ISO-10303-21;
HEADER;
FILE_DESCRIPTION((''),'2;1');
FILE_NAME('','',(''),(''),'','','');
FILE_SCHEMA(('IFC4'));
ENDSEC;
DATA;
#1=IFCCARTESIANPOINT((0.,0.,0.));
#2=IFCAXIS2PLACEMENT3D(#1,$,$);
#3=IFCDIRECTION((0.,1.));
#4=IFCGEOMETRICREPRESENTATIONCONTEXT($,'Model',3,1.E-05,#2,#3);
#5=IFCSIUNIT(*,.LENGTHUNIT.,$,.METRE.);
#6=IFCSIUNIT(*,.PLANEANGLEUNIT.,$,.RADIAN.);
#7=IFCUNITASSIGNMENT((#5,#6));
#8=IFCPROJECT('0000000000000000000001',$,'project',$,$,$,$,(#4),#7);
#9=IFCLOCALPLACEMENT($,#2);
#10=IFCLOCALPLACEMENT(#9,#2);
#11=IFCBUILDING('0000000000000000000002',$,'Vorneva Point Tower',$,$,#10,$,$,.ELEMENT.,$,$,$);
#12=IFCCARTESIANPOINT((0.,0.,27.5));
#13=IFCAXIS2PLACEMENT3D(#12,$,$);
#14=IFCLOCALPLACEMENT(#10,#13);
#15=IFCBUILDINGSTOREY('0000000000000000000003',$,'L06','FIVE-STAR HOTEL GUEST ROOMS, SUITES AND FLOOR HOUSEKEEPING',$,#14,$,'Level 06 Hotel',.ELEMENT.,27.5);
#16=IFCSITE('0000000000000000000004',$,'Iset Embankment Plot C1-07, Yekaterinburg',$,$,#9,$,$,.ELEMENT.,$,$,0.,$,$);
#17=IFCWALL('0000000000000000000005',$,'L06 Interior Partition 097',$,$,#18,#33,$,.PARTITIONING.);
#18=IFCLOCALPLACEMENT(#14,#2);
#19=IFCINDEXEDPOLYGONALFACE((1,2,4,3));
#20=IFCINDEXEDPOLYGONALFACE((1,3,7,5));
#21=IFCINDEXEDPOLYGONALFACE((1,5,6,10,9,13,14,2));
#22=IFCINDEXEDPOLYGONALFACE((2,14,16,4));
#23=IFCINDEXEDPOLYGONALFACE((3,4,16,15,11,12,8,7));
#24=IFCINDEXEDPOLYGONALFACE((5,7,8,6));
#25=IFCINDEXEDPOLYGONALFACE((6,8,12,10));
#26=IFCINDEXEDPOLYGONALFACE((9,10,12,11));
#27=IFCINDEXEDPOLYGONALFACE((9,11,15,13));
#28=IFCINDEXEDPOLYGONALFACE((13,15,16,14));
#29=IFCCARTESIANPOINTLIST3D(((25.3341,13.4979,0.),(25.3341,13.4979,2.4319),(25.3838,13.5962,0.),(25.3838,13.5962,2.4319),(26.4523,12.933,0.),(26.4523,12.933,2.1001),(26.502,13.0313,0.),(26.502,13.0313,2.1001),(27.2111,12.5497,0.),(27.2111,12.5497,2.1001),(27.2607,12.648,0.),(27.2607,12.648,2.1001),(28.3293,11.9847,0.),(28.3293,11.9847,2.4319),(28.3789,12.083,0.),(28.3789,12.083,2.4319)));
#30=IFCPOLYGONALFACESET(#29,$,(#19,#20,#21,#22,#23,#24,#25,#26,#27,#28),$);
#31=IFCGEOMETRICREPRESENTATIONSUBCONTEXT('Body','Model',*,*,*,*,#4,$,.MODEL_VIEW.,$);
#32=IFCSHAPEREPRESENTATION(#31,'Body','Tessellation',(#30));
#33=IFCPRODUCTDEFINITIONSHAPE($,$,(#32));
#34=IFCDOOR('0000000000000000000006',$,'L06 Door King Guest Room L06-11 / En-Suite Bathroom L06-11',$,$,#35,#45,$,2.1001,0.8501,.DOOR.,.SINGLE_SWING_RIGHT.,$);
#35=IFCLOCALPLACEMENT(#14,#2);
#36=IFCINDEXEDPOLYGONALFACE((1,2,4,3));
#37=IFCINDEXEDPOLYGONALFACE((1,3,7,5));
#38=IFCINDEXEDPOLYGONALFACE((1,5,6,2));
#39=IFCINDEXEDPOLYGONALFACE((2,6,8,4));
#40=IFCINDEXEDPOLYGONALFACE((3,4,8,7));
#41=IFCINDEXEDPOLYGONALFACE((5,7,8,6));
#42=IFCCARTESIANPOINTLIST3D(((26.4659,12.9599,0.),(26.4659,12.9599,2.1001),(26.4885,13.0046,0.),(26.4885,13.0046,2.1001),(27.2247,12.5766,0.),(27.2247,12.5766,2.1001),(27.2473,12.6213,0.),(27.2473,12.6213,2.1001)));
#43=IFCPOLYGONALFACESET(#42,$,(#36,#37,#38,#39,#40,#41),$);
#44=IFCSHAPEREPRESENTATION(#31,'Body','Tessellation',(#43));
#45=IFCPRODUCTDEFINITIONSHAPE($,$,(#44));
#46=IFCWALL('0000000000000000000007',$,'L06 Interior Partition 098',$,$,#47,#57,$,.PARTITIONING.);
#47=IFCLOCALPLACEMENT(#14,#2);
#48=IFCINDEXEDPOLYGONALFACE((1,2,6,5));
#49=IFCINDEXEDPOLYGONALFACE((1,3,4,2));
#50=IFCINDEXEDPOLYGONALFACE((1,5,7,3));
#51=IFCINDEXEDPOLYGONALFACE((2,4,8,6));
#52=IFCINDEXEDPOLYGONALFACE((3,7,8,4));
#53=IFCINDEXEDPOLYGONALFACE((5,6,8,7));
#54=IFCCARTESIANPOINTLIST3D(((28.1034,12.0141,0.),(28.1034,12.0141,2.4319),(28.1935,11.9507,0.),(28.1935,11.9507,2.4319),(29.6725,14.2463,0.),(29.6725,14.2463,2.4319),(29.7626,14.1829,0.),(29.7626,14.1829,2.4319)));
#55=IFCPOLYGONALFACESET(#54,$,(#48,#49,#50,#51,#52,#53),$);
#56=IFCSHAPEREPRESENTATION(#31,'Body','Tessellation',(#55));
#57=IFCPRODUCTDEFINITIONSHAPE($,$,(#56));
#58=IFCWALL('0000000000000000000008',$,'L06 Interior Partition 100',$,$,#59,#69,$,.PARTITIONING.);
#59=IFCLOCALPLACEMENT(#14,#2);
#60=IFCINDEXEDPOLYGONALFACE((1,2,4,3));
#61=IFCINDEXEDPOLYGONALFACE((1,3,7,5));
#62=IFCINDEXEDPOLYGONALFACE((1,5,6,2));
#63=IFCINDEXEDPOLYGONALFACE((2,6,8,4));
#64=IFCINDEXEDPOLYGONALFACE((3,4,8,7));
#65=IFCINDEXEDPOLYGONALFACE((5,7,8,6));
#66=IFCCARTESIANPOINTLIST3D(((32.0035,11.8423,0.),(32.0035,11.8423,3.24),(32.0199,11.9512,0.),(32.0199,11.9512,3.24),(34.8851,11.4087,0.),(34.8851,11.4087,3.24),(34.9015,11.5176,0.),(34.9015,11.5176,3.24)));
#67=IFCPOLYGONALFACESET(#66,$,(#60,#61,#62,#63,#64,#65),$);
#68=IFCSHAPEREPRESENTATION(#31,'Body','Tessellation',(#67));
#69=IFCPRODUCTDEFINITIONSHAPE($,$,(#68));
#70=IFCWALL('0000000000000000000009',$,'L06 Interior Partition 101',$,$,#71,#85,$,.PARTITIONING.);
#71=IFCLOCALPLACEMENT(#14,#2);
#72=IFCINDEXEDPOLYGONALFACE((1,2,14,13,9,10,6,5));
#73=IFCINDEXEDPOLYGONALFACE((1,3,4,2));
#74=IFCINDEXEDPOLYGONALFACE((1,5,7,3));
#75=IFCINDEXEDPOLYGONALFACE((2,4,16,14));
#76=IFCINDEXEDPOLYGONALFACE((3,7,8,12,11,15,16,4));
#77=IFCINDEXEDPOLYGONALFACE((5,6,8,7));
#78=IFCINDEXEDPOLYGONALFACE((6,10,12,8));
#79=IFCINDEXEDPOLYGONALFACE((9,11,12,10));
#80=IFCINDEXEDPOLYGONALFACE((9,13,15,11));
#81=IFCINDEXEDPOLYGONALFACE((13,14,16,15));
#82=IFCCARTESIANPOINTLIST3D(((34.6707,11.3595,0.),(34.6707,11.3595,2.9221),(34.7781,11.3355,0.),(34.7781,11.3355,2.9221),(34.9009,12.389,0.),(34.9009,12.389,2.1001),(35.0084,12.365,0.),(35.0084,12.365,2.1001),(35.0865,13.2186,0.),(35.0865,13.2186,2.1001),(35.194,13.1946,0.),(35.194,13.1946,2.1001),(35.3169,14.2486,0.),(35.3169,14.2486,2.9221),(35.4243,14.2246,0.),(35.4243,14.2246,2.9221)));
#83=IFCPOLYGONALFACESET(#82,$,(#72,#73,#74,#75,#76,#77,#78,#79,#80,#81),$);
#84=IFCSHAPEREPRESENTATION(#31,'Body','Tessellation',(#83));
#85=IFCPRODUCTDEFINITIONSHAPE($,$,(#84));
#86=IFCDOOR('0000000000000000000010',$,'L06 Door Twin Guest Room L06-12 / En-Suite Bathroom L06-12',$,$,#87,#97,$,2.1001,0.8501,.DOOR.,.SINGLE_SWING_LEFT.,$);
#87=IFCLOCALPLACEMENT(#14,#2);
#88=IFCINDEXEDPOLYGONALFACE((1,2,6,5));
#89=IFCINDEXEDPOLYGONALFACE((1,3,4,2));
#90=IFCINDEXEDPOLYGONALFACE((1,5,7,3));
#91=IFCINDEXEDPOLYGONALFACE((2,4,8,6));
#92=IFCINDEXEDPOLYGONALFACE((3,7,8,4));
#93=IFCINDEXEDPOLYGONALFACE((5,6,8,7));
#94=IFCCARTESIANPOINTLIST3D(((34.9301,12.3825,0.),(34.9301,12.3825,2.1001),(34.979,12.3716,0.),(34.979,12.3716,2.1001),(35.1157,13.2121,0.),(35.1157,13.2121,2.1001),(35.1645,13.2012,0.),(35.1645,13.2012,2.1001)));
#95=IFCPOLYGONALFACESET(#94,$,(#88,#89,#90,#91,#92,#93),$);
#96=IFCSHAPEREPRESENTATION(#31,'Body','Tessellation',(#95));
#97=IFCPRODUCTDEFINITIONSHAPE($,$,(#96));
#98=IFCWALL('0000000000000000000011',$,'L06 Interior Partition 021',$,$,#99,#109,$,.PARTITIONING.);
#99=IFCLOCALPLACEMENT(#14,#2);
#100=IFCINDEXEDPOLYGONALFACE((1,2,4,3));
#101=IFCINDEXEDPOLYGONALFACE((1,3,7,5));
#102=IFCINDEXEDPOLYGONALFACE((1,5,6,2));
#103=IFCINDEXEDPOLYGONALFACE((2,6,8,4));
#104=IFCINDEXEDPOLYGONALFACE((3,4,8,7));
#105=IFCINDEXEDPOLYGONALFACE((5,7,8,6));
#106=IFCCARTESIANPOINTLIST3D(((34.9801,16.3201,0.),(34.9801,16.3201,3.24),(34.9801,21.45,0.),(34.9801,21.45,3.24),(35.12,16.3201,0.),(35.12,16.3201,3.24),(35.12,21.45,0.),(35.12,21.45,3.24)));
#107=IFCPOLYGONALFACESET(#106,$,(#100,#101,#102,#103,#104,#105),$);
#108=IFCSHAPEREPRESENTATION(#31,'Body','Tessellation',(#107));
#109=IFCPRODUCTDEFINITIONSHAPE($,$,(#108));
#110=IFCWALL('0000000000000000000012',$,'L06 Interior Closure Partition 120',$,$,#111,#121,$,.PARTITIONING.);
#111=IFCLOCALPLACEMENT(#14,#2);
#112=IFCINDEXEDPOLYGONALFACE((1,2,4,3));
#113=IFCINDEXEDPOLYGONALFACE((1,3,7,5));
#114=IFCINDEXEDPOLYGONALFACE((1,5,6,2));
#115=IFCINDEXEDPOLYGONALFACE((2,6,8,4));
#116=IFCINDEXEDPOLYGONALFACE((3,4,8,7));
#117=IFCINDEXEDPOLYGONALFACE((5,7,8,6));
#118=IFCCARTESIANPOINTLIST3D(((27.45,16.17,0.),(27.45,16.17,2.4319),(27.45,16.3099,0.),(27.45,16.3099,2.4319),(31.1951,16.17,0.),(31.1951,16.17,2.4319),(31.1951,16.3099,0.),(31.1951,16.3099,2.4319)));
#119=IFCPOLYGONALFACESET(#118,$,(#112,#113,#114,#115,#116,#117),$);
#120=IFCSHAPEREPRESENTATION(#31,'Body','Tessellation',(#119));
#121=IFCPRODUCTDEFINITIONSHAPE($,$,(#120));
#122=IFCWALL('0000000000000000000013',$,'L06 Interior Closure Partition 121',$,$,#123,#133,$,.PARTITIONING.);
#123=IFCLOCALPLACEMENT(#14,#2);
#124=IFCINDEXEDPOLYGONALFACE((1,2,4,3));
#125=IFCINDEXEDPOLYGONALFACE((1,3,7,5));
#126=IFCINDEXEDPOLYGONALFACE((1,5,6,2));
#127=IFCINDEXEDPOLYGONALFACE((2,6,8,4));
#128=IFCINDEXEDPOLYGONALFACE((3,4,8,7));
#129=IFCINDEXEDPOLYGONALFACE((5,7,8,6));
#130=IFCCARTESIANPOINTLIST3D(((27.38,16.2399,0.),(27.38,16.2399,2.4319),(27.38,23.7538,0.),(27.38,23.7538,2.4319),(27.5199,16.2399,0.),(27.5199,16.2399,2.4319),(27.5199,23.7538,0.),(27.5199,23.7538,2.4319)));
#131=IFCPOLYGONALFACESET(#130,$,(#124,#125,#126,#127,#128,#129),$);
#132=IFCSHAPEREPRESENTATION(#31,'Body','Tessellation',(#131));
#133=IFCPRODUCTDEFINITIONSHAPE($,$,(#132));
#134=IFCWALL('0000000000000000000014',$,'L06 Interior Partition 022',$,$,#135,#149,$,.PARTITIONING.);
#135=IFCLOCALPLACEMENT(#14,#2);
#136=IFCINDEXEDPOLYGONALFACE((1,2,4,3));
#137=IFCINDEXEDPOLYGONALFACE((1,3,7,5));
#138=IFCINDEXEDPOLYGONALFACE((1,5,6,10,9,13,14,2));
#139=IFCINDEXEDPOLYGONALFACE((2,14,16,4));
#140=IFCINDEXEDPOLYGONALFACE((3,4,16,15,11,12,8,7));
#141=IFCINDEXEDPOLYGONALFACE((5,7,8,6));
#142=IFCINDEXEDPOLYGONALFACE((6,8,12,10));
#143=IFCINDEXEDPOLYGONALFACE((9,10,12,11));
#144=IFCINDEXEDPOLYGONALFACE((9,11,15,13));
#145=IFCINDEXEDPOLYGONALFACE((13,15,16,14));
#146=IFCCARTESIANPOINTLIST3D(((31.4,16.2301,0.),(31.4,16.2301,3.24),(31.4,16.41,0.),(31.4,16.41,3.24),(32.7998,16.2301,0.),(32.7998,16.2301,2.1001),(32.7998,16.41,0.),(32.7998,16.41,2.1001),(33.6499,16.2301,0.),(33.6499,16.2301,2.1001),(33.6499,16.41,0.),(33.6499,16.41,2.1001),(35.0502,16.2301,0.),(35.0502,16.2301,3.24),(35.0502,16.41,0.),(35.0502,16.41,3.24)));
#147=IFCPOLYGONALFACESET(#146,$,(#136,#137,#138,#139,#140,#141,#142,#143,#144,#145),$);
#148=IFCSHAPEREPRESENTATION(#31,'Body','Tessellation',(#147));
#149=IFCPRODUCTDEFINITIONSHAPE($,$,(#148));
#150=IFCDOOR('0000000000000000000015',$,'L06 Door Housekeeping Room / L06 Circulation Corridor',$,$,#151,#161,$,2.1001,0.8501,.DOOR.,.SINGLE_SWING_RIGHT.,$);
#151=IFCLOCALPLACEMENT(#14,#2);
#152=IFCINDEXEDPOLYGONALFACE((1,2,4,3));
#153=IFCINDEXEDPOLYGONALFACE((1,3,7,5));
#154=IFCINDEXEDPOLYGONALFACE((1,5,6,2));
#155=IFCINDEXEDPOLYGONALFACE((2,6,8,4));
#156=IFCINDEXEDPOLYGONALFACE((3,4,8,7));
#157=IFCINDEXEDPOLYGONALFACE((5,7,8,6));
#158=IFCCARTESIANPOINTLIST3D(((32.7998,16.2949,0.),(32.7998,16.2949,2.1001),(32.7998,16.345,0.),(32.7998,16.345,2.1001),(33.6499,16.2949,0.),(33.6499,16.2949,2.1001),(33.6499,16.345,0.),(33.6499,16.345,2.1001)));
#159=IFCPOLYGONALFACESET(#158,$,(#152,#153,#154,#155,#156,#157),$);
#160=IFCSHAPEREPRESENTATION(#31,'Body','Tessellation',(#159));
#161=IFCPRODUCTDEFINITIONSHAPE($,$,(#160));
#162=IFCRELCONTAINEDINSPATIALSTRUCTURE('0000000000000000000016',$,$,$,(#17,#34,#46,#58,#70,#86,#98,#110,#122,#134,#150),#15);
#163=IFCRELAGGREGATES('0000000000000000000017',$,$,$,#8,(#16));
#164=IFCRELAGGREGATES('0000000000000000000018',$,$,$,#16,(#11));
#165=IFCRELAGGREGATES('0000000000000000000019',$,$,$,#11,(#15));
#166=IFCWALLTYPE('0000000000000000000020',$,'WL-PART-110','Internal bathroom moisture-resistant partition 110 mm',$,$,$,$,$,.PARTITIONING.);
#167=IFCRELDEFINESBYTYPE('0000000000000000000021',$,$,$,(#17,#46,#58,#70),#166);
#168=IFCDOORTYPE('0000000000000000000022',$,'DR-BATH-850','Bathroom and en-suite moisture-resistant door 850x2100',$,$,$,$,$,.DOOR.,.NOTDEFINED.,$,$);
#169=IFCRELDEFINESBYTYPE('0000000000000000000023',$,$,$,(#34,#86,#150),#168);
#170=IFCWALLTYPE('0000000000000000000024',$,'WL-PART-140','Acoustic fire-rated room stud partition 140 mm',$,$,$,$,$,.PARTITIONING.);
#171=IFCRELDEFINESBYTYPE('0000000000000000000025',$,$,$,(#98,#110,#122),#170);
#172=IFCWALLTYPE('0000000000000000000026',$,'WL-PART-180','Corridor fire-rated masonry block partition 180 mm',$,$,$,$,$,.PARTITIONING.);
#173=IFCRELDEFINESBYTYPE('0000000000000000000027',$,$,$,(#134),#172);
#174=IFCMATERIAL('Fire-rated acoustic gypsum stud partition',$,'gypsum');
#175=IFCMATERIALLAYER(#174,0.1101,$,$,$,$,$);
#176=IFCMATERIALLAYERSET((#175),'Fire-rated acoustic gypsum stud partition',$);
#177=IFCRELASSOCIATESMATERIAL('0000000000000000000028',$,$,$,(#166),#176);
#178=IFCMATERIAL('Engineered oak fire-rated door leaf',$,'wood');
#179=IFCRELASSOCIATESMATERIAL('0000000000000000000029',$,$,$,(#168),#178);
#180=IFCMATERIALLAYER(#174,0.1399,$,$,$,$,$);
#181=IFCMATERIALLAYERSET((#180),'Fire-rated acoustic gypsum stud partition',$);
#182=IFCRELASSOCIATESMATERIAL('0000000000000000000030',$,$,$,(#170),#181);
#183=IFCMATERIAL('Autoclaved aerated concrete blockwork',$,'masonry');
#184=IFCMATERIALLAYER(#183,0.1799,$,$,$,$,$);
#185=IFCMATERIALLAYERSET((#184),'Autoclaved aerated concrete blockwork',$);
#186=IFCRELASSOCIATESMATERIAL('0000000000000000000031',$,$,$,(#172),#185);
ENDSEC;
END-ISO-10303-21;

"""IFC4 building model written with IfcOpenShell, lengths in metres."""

from ifc_helpers import new_model, si_unit, direction, frame, frame_2d, origin, place, context, subcontext, project, spatial, rectangle, extrude, material, layer, layer_set, type_object, element, fill, save


model = new_model("IFC4")

# Units and contexts
model_context = context("Model", 3, precision=1e-05, world=origin(), true_north=direction((0.0, 1.0)))
body_context = subcontext(model_context, "Body", "Model", "MODEL_VIEW")
ifc_project = project(units=[si_unit("LENGTHUNIT", "METRE"), si_unit("PLANEANGLEUNIT", "RADIAN")], contexts=[model_context])

# Site, building, storey
site_placement = place(None, origin())
site = spatial("IfcSite", under=ifc_project, at=site_placement, Name="Iset Embankment Plot C1-07, Yekaterinburg", CompositionType="ELEMENT", RefElevation=0.0)
building_placement = place(site_placement, origin())
building = spatial("IfcBuilding", under=site, at=building_placement, Name="Vorneva Point Tower", CompositionType="ELEMENT")
storey_placement = place(building_placement, frame((0.0, 0.0, 27.5)))
storey = spatial("IfcBuildingStorey", under=building, at=storey_placement, Name="L06", Description="FIVE-STAR HOTEL GUEST ROOMS, SUITES AND FLOOR HOUSEKEEPING", LongName="Level 06 Hotel", CompositionType="ELEMENT", Elevation=27.5)

# Wall, opening, door
ifc_material_1 = material(Name="Fire-rated acoustic gypsum stud partition", Category="gypsum")
ifc_layer_1 = layer(ifc_material_1, 0.1101)
ifc_layer_set_1 = layer_set([ifc_layer_1], Name="Fire-rated acoustic gypsum stud partition")
wall_type_1 = type_object("IfcWallType", Name="WL-PART-110", Description="Internal bathroom moisture-resistant partition 110 mm", PredefinedType="PARTITIONING", material=ifc_layer_set_1)
wall_1_placement = place(storey_placement, frame((28.354, 12.0339, 0.0), z_axis=(0.0, 0.0, 1.0), x_axis=(-0.892557, 0.450935, 0.0)))
wall_1 = element("IfcWall", 1, at=wall_1_placement, inside=storey, type_object=wall_type_1, Name="L06 Interior Partition 097", PredefinedType="PARTITIONING", context=body_context, shape_type="SweptSolid", body=[
    extrude(rectangle(XDim=3.3557, YDim=0.1101, at=frame_2d((1.6777, 0.0))), origin(), (0.0, 0.0, 1.0), 2.4319),
])
opening_1_placement = place(wall_1_placement, frame((1.2527, 0.0, 0.0)))
opening_1 = element("IfcOpeningElement", 2, at=opening_1_placement, cuts=wall_1, PredefinedType="OPENING", context=body_context, shape_type="SweptSolid", body=[
    extrude(rectangle(XDim=0.8501, YDim=2.1001, at=frame_2d((0.425, 1.05))), frame((0.0, 0.0698, 0.0), z_axis=(0.0, -1.0, 0.0), x_axis=(1.0, 0.0, 0.0)), (0.0, 0.0, 1.0), 0.1399),
])
ifc_material_2 = material(Name="Engineered oak fire-rated door leaf", Category="wood")
door_type_1 = type_object("IfcDoorType", Name="DR-BATH-850", Description="Bathroom and en-suite moisture-resistant door 850x2100", OperationType="NOTDEFINED", PredefinedType="DOOR", material=ifc_material_2)
door_1_placement = place(opening_1_placement, origin())
door_1 = element("IfcDoor", 3, at=door_1_placement, inside=storey, type_object=door_type_1, Name="L06 Door King Guest Room L06-11 / En-Suite Bathroom L06-11", OperationType="SINGLE_SWING_RIGHT", OverallHeight=2.1001, OverallWidth=0.8501, PredefinedType="DOOR", context=body_context, shape_type="SweptSolid", body=[
    extrude(rectangle(XDim=0.8501, YDim=2.1001, at=frame_2d((0.425, 1.05))), frame((0.0, 0.0249, 0.0), z_axis=(0.0, -1.0, 0.0), x_axis=(1.0, 0.0, 0.0)), (0.0, 0.0, 1.0), 0.05),
])
fill(opening_1, door_1)

# Walls
wall_2_placement = place(storey_placement, frame((29.7175, 14.2146, 0.0), z_axis=(0.0, 0.0, 1.0), x_axis=(-0.575077, -0.8181, 0.0)))
element("IfcWall", 4, at=wall_2_placement, inside=storey, type_object=wall_type_1, Name="L06 Interior Partition 098", PredefinedType="PARTITIONING", context=body_context, shape_type="SweptSolid", body=[
    extrude(rectangle(XDim=2.7285, YDim=0.1101, at=frame_2d((1.3643, 0.0))), origin(), (0.0, 0.0, 1.0), 2.4319),
])
wall_3_placement = place(storey_placement, frame((34.8933, 11.4631, 0.0), z_axis=(0.0, 0.0, 1.0), x_axis=(-0.988868, 0.148795, 0.0)))
element("IfcWall", 5, at=wall_3_placement, inside=storey, type_object=wall_type_1, Name="L06 Interior Partition 100", PredefinedType="PARTITIONING", context=body_context, shape_type="SweptSolid", body=[
    extrude(rectangle(XDim=2.9141, YDim=0.1101, at=frame_2d((1.457, 0.0))), origin(), (0.0, 0.0, 1.0), 3.24),
])

# Wall, opening, door
wall_4_placement = place(storey_placement, frame((35.3706, 14.2366, 0.0), z_axis=(0.0, 0.0, 1.0), x_axis=(-0.218284, -0.975885, 0.0)))
wall_4 = element("IfcWall", 6, at=wall_4_placement, inside=storey, type_object=wall_type_1, Name="L06 Interior Partition 101", PredefinedType="PARTITIONING", context=body_context, shape_type="SweptSolid", body=[
    extrude(rectangle(XDim=2.9604, YDim=0.1101, at=frame_2d((1.4802, 0.0))), origin(), (0.0, 0.0, 1.0), 2.9221),
])
opening_2_placement = place(wall_4_placement, frame((1.0554, 0.0, 0.0)))
opening_2 = element("IfcOpeningElement", 7, at=opening_2_placement, cuts=wall_4, PredefinedType="OPENING", context=body_context, shape_type="SweptSolid", body=[
    extrude(rectangle(XDim=0.8501, YDim=2.1001, at=frame_2d((0.425, 1.05))), frame((0.0, 0.0698, 0.0), z_axis=(0.0, -1.0, 0.0), x_axis=(1.0, 0.0, 0.0)), (0.0, 0.0, 1.0), 0.1399),
])
door_2_placement = place(opening_2_placement, origin())
door_2 = element("IfcDoor", 8, at=door_2_placement, inside=storey, type_object=door_type_1, Name="L06 Door Twin Guest Room L06-12 / En-Suite Bathroom L06-12", OperationType="SINGLE_SWING_LEFT", OverallHeight=2.1001, OverallWidth=0.8501, PredefinedType="DOOR", context=body_context, shape_type="SweptSolid", body=[
    extrude(rectangle(XDim=0.8501, YDim=2.1001, at=frame_2d((0.425, 1.05))), frame((0.0, 0.0249, 0.0), z_axis=(0.0, -1.0, 0.0), x_axis=(1.0, 0.0, 0.0)), (0.0, 0.0, 1.0), 0.05),
])
fill(opening_2, door_2)

# Walls
ifc_layer_2 = layer(ifc_material_1, 0.1399)
ifc_layer_set_2 = layer_set([ifc_layer_2], Name="Fire-rated acoustic gypsum stud partition")
wall_type_2 = type_object("IfcWallType", Name="WL-PART-140", Description="Acoustic fire-rated room stud partition 140 mm", PredefinedType="PARTITIONING", material=ifc_layer_set_2)
wall_5_placement = place(storey_placement, frame((35.05, 16.3201, 0.0), z_axis=(0.0, 0.0, 1.0), x_axis=(0.0, 1.0, 0.0)))
element("IfcWall", 9, at=wall_5_placement, inside=storey, type_object=wall_type_2, Name="L06 Interior Partition 021", PredefinedType="PARTITIONING", context=body_context, shape_type="SweptSolid", body=[
    extrude(rectangle(XDim=5.1299, YDim=0.1399, at=frame_2d((2.5649, 0.0))), origin(), (0.0, 0.0, 1.0), 3.24),
])
wall_6_placement = place(storey_placement, frame((31.1951, 16.24, 0.0), z_axis=(0.0, 0.0, 1.0), x_axis=(-1.0, 0.0, 0.0)))
element("IfcWall", 10, at=wall_6_placement, inside=storey, type_object=wall_type_2, Name="L06 Interior Closure Partition 120", PredefinedType="PARTITIONING", context=body_context, shape_type="SweptSolid", body=[
    extrude(rectangle(XDim=3.7451, YDim=0.1399, at=frame_2d((1.8726, 0.0))), origin(), (0.0, 0.0, 1.0), 2.4319),
])
wall_7_placement = place(storey_placement, frame((27.45, 16.24, 0.0), z_axis=(0.0, 0.0, 1.0), x_axis=(0.0, 1.0, 0.0)))
element("IfcWall", 11, at=wall_7_placement, inside=storey, type_object=wall_type_2, Name="L06 Interior Closure Partition 121", PredefinedType="PARTITIONING", context=body_context, shape_type="SweptSolid", body=[
    extrude(rectangle(XDim=7.5139, YDim=0.1399, at=frame_2d((3.7568, 0.0))), origin(), (0.0, 0.0, 1.0), 2.4319),
])

# Wall, opening, door
ifc_material_3 = material(Name="Autoclaved aerated concrete blockwork", Category="masonry")
ifc_layer_3 = layer(ifc_material_3, 0.1799)
ifc_layer_set_3 = layer_set([ifc_layer_3], Name="Autoclaved aerated concrete blockwork")
wall_type_3 = type_object("IfcWallType", Name="WL-PART-180", Description="Corridor fire-rated masonry block partition 180 mm", PredefinedType="PARTITIONING", material=ifc_layer_set_3)
wall_8_placement = place(storey_placement, frame((31.3999, 16.3201, 0.0), z_axis=(0.0, 0.0, 1.0), x_axis=(1.0, 0.0, 0.0)))
wall_8 = element("IfcWall", 12, at=wall_8_placement, inside=storey, type_object=wall_type_3, Name="L06 Interior Partition 022", PredefinedType="PARTITIONING", context=body_context, shape_type="SweptSolid", body=[
    extrude(rectangle(XDim=3.6501, YDim=0.1799, at=frame_2d((1.8252, 0.0))), origin(), (0.0, 0.0, 1.0), 3.24),
])
opening_3_placement = place(wall_8_placement, frame((1.3999, 0.0, 0.0)))
opening_3 = element("IfcOpeningElement", 13, at=opening_3_placement, cuts=wall_8, PredefinedType="OPENING", context=body_context, shape_type="SweptSolid", body=[
    extrude(rectangle(XDim=0.8501, YDim=2.1001, at=frame_2d((0.425, 1.05))), frame((0.0, 0.105, 0.0), z_axis=(0.0, -1.0, 0.0), x_axis=(1.0, 0.0, 0.0)), (0.0, 0.0, 1.0), 0.2097),
])
door_3_placement = place(opening_3_placement, origin())
door_3 = element("IfcDoor", 14, at=door_3_placement, inside=storey, type_object=door_type_1, Name="L06 Door Housekeeping Room / L06 Circulation Corridor", OperationType="SINGLE_SWING_RIGHT", OverallHeight=2.1001, OverallWidth=0.8501, PredefinedType="DOOR", context=body_context, shape_type="SweptSolid", body=[
    extrude(rectangle(XDim=0.8501, YDim=2.1001, at=frame_2d((0.425, 1.05))), frame((0.0, 0.0249, 0.0), z_axis=(0.0, -1.0, 0.0), x_axis=(1.0, 0.0, 0.0)), (0.0, 0.0, 1.0), 0.05),
])
fill(opening_3, door_3)

save(model, "model.ifc")
